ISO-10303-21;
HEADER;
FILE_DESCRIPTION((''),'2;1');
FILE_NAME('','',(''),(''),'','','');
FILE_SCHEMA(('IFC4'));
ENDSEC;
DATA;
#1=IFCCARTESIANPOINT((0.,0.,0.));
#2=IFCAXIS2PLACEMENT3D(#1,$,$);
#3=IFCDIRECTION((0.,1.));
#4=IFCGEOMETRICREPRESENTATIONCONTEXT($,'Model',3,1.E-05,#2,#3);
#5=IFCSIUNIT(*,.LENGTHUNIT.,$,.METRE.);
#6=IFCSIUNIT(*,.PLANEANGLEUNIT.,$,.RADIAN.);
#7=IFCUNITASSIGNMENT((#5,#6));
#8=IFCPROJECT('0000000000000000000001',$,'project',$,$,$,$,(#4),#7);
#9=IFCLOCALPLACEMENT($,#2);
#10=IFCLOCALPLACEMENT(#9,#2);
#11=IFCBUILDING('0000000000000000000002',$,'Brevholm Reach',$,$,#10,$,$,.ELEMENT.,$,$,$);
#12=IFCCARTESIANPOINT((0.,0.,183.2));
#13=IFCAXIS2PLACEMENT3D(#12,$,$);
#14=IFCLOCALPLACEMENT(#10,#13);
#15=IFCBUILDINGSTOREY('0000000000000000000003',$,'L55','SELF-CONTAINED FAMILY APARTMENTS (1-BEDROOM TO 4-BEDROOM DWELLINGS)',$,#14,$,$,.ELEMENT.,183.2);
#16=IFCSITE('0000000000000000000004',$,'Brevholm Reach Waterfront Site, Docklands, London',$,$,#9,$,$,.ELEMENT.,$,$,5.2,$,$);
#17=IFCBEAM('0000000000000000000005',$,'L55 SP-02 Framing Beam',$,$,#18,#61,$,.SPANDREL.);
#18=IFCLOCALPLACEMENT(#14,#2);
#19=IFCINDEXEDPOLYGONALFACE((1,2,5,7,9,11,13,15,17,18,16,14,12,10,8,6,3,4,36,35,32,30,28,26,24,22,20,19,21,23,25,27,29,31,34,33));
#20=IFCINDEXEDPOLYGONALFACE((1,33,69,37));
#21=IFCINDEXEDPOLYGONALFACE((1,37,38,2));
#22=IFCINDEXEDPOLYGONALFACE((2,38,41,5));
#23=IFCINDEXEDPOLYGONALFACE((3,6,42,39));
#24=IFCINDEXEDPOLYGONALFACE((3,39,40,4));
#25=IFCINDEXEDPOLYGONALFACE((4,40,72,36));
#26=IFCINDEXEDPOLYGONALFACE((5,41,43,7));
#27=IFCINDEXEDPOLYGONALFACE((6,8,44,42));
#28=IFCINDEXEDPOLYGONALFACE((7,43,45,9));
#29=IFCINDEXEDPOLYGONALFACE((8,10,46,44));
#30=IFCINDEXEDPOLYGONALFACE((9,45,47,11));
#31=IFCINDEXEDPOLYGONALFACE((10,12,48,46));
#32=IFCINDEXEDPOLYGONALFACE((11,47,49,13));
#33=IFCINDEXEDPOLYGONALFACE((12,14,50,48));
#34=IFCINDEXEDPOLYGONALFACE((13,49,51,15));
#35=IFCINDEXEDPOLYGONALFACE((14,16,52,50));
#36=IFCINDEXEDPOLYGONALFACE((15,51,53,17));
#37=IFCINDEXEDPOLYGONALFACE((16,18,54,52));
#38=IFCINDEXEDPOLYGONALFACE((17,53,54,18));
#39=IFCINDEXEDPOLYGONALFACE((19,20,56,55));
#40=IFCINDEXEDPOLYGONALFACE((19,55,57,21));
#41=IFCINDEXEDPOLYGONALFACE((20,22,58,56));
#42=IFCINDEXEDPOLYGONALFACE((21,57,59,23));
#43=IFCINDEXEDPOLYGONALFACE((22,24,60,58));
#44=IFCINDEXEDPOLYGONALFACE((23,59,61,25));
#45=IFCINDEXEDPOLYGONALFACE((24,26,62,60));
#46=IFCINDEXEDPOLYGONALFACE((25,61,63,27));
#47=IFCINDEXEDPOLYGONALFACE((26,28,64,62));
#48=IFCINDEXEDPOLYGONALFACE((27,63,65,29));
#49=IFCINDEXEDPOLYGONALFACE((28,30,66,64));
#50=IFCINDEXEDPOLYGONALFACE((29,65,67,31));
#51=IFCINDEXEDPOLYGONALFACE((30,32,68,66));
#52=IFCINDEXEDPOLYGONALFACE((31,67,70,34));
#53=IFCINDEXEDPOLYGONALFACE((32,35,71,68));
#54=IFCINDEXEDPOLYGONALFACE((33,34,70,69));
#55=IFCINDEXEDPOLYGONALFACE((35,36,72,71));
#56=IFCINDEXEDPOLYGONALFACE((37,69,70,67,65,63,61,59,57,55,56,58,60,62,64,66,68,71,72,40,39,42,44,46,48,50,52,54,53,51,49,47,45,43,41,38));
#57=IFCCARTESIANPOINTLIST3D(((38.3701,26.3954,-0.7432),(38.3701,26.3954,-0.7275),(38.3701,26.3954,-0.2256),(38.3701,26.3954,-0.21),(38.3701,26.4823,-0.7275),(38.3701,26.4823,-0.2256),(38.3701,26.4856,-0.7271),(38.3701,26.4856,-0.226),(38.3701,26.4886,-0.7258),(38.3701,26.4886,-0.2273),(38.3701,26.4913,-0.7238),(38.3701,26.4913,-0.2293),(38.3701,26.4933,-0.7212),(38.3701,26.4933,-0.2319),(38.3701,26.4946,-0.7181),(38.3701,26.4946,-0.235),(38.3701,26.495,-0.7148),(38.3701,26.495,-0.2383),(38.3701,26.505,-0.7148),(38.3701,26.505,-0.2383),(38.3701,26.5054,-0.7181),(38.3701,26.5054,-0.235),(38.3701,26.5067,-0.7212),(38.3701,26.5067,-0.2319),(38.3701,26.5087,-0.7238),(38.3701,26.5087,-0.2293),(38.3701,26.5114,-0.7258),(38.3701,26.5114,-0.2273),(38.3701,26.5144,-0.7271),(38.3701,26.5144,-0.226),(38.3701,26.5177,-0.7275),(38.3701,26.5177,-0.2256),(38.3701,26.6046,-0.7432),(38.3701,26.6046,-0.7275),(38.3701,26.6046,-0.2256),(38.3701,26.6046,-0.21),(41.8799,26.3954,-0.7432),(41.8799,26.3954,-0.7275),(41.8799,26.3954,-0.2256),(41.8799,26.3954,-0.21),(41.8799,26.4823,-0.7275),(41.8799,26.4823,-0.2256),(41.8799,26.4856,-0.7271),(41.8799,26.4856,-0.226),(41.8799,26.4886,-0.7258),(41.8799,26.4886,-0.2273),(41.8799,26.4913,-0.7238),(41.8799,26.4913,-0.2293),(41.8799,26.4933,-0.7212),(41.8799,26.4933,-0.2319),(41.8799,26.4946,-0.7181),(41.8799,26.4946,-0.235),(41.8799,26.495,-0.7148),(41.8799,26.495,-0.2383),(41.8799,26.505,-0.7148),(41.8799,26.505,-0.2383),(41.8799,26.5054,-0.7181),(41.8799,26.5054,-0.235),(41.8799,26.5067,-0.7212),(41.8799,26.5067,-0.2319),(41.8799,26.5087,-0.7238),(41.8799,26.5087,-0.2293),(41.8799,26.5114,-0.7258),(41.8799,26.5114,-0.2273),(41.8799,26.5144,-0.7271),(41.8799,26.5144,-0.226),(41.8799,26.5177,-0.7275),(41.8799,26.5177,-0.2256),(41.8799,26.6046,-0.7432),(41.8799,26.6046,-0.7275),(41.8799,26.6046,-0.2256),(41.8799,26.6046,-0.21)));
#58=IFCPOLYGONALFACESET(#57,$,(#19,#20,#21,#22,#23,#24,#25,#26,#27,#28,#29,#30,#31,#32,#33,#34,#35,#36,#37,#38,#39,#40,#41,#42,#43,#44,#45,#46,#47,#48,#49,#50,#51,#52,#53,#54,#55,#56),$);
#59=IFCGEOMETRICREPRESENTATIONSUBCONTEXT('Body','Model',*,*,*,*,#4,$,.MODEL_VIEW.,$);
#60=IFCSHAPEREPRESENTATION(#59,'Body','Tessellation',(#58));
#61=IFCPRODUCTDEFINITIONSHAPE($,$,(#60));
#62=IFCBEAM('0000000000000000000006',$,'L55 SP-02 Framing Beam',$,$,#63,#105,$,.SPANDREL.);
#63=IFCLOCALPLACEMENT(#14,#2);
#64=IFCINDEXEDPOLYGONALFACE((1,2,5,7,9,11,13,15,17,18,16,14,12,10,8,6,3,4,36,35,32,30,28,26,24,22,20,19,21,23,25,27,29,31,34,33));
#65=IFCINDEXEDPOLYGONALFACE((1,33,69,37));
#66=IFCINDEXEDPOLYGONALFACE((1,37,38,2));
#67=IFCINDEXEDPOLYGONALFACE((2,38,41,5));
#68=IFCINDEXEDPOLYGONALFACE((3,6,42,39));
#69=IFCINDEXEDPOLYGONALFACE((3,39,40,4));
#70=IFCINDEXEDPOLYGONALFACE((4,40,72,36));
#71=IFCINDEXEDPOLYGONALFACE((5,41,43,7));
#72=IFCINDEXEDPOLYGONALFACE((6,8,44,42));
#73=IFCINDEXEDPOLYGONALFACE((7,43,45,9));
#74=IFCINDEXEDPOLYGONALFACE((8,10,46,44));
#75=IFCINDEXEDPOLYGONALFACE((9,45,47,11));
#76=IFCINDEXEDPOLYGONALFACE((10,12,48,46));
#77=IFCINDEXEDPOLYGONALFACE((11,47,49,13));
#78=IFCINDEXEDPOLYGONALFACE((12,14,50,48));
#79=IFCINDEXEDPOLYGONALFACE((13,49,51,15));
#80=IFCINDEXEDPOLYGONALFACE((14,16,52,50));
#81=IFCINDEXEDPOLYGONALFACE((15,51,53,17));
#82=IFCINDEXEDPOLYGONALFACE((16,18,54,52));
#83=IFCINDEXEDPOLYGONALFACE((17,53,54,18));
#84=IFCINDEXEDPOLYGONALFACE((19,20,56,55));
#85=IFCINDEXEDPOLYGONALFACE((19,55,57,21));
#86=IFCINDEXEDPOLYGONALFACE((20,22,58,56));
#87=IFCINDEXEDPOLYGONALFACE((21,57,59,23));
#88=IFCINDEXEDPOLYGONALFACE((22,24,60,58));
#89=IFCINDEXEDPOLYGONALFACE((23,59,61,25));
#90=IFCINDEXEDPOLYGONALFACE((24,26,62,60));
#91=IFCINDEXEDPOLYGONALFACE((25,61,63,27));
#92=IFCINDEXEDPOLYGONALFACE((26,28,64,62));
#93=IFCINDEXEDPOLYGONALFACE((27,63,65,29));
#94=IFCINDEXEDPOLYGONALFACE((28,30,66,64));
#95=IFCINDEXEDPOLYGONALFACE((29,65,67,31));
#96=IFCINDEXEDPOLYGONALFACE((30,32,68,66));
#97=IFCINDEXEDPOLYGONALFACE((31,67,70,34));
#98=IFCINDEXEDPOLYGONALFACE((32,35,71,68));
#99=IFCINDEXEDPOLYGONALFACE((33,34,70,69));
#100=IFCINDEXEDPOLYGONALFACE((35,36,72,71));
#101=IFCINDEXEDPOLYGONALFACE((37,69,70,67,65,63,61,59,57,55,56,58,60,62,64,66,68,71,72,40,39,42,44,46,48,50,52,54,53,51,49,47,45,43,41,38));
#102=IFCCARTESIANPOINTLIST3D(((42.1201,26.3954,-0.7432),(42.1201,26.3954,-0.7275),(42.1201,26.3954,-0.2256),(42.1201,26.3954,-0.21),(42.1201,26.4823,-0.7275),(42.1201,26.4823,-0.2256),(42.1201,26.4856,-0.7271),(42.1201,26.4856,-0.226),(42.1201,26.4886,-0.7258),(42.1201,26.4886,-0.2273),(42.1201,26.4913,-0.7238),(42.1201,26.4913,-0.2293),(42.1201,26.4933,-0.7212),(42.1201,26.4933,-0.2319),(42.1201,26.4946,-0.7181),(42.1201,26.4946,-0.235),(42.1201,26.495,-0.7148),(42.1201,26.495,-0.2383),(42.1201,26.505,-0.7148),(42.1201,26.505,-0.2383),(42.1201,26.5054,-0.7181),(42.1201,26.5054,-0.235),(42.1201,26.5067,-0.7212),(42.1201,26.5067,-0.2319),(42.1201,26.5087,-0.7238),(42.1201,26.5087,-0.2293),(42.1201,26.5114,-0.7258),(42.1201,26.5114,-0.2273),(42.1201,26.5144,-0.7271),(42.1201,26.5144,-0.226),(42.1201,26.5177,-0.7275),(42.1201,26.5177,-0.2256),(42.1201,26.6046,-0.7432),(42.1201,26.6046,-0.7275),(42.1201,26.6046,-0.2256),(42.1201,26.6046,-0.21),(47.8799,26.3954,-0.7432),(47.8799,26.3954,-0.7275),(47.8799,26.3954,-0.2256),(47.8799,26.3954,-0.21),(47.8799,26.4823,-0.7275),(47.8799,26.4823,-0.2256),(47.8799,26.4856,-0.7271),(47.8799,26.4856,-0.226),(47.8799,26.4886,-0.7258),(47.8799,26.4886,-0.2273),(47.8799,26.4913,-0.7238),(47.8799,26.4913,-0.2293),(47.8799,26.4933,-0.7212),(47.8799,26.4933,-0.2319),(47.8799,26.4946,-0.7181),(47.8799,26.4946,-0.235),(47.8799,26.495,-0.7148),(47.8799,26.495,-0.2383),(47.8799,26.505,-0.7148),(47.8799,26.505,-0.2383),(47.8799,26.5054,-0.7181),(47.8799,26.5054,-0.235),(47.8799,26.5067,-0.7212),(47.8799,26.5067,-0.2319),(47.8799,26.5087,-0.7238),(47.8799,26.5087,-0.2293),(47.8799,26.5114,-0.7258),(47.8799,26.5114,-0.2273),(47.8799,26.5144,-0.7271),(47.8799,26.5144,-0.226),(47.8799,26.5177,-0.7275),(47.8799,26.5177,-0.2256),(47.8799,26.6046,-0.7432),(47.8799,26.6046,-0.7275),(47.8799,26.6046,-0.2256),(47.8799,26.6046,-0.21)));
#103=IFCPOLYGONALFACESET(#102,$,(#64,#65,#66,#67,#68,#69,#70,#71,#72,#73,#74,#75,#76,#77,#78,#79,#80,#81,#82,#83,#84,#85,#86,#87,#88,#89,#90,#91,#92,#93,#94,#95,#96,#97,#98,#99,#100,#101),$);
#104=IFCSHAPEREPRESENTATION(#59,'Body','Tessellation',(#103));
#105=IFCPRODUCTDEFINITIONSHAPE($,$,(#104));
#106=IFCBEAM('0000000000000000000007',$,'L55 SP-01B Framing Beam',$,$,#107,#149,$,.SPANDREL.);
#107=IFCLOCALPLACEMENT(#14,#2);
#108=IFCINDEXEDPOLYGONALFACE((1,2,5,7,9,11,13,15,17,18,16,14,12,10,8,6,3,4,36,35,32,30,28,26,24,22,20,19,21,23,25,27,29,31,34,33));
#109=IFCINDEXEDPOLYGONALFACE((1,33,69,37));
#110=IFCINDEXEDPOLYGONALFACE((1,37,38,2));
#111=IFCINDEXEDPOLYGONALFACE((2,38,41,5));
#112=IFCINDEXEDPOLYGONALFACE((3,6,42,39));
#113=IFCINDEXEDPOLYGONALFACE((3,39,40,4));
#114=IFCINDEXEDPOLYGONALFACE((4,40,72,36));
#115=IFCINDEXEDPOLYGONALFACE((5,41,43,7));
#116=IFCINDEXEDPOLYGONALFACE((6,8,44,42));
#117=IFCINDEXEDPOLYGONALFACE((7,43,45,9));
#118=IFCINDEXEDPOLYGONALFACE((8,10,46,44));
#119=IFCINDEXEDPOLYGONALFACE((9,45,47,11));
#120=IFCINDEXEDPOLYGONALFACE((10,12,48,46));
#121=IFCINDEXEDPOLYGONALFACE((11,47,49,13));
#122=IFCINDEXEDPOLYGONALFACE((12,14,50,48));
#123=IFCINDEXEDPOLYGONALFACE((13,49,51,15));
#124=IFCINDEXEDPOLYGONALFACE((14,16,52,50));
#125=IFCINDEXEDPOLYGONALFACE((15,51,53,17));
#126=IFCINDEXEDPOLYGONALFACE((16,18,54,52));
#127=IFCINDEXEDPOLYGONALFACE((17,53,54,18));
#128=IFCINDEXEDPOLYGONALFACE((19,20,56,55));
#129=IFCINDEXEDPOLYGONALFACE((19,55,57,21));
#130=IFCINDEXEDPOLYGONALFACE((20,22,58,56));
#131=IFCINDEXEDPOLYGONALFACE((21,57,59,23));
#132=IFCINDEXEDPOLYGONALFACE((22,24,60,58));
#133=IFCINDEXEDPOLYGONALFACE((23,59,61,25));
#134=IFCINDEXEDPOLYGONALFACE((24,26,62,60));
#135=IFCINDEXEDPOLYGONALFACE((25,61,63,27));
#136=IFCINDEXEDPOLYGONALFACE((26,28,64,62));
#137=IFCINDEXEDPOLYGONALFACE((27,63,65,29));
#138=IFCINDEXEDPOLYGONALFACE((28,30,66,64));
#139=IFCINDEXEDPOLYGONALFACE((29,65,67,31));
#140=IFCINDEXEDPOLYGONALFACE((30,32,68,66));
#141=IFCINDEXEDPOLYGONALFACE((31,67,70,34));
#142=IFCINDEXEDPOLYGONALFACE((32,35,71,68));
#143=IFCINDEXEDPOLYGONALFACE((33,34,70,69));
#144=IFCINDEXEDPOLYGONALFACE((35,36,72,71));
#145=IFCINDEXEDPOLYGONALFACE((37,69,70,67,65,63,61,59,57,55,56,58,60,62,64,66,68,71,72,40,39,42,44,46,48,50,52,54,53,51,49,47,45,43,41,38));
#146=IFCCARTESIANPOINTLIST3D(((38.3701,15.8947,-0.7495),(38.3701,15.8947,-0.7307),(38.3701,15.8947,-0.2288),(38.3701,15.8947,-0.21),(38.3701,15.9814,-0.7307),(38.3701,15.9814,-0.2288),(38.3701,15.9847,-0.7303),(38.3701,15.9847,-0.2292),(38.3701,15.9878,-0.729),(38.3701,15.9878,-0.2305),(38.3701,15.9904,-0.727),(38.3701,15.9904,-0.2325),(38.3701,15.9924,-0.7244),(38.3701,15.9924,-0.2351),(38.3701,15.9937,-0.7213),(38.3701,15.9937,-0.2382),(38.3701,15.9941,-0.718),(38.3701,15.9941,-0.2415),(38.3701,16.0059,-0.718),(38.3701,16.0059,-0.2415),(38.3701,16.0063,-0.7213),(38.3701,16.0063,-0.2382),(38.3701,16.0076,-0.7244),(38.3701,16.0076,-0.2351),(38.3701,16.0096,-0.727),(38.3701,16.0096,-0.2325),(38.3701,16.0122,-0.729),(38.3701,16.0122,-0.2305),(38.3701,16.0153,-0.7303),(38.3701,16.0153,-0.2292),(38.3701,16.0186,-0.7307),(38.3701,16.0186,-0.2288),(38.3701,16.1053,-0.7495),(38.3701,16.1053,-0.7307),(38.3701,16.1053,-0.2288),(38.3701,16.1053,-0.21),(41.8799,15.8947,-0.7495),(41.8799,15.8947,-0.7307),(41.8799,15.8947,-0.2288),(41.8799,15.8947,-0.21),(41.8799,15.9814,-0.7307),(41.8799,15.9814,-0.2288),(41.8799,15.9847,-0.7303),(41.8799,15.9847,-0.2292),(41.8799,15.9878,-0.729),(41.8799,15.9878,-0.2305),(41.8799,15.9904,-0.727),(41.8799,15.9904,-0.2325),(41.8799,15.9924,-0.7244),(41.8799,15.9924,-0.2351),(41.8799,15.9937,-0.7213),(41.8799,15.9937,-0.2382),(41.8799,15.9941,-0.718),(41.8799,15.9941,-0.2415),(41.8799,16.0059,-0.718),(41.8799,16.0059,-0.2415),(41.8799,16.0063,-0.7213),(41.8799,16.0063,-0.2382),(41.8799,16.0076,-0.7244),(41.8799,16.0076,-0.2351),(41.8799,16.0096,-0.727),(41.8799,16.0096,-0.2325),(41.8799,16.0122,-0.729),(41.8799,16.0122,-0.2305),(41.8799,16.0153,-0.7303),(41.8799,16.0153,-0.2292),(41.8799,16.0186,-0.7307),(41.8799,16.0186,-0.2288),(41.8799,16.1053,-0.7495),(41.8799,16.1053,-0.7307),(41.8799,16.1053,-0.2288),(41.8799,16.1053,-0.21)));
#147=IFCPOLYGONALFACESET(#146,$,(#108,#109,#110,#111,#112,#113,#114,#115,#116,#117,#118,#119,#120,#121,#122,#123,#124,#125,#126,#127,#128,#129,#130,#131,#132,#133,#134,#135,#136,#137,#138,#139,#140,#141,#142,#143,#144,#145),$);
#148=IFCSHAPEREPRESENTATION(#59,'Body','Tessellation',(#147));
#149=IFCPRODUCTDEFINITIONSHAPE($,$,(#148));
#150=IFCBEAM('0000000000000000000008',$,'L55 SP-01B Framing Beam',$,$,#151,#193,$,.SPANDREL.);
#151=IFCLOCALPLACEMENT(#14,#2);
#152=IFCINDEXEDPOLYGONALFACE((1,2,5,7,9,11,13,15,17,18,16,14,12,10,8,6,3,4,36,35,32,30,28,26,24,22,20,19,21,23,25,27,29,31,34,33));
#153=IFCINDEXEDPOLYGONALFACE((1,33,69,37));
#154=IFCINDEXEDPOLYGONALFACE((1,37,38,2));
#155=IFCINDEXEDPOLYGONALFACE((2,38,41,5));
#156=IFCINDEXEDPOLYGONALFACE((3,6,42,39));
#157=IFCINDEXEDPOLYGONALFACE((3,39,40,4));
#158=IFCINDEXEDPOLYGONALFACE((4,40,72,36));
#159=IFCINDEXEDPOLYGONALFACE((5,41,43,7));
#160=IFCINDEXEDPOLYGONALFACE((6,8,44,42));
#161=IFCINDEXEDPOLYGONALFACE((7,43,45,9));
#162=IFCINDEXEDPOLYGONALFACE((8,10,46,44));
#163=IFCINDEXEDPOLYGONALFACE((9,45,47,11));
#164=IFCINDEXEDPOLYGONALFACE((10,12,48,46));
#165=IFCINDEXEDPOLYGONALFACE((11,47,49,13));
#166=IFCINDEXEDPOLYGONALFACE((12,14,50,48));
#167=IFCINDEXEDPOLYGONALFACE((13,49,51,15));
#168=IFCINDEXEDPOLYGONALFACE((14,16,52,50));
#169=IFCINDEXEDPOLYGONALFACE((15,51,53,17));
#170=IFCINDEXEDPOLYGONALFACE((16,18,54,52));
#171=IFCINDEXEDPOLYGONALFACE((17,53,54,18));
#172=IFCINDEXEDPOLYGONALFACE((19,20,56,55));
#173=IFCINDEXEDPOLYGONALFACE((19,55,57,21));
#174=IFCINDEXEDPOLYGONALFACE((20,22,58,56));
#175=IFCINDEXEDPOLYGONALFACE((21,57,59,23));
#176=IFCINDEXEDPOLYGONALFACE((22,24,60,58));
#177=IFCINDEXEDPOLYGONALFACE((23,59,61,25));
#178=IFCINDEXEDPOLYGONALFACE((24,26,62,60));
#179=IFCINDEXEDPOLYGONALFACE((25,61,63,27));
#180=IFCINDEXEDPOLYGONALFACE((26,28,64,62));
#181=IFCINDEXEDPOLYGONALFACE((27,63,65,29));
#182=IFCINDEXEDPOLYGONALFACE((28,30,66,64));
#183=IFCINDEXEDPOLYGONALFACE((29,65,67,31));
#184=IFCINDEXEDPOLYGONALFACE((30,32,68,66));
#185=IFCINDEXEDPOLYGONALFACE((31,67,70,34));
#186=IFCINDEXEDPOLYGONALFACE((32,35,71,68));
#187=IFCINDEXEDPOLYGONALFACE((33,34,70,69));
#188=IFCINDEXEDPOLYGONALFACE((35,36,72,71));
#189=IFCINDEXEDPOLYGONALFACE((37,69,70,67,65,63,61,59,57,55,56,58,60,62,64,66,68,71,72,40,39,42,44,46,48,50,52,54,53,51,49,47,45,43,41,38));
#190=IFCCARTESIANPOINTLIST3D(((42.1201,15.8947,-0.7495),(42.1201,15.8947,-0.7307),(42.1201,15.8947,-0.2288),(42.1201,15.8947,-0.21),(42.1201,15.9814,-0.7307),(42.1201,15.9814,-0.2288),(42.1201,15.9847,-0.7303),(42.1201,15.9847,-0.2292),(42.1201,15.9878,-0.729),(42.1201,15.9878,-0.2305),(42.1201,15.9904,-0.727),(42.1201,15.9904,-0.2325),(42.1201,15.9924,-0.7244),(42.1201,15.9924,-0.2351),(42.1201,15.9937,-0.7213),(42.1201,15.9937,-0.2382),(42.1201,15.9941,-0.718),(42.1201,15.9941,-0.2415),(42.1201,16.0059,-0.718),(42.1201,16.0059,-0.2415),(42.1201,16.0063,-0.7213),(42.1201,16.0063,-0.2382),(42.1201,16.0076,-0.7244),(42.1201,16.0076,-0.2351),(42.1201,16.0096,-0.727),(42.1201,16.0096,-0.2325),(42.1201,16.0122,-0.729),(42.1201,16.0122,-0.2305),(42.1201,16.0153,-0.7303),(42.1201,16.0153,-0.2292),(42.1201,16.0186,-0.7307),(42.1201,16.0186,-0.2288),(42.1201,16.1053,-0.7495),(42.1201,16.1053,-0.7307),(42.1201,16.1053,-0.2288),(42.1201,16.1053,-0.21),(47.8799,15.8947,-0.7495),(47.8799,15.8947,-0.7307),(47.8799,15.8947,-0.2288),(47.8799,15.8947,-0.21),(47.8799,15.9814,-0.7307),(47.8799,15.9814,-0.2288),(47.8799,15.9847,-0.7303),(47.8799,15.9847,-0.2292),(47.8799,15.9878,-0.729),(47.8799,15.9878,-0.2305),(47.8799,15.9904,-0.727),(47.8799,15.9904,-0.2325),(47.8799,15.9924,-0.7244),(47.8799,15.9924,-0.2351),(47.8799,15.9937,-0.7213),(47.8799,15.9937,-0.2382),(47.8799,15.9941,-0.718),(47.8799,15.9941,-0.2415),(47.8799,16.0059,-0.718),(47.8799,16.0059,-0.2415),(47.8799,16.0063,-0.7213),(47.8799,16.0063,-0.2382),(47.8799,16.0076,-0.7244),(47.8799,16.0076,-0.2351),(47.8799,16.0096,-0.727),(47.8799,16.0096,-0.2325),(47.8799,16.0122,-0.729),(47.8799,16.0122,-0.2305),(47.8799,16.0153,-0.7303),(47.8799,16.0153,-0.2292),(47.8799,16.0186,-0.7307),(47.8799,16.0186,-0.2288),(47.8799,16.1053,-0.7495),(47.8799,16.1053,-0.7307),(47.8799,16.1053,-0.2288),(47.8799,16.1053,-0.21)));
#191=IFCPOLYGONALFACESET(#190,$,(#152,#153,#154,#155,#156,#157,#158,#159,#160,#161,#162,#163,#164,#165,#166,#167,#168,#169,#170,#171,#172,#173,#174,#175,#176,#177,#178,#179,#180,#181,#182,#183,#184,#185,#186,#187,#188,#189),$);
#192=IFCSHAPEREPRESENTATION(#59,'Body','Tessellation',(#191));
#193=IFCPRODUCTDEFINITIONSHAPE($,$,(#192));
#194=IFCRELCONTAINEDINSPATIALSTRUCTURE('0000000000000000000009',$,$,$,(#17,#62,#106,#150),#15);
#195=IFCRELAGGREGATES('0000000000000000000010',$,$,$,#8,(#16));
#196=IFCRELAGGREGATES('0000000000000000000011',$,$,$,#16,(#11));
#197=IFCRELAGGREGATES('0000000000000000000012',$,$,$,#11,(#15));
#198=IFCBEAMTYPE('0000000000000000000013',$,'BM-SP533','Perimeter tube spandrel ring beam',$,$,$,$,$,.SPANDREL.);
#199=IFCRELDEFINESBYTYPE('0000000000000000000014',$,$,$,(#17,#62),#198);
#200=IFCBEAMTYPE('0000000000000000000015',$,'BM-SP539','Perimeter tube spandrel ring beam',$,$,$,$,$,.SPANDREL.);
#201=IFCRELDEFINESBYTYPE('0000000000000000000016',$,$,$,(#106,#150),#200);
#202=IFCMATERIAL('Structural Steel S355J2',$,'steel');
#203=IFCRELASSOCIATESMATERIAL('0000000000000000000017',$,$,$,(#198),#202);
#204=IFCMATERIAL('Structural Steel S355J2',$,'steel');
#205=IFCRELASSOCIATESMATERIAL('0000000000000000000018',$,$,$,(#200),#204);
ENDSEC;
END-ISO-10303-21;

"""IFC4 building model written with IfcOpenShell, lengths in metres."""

from ifc_helpers import new_model, si_unit, direction, frame, origin, origin_2d, place, context, subcontext, project, spatial, i_section, extrude, material, material_profile, profile_set, type_object, element, save


model = new_model("IFC4")

# Units and contexts
model_context = context("Model", 3, precision=1e-05, world=origin(), true_north=direction((0.0, 1.0)))
body_context = subcontext(model_context, "Body", "Model", "MODEL_VIEW")
ifc_project = project(units=[si_unit("LENGTHUNIT", "METRE"), si_unit("PLANEANGLEUNIT", "RADIAN")], contexts=[model_context])

# Site, building, storey
site_placement = place(None, origin())
site = spatial("IfcSite", under=ifc_project, at=site_placement, Name="Brevholm Reach Waterfront Site, Docklands, London", CompositionType="ELEMENT", RefElevation=5.2)
building_placement = place(site_placement, origin())
building = spatial("IfcBuilding", under=site, at=building_placement, Name="Brevholm Reach", CompositionType="ELEMENT")
storey_placement = place(building_placement, frame((0.0, 0.0, 183.2)))
storey = spatial("IfcBuildingStorey", under=building, at=storey_placement, Name="L55", Description="SELF-CONTAINED FAMILY APARTMENTS (1-BEDROOM TO 4-BEDROOM DWELLINGS)", CompositionType="ELEMENT", Elevation=183.2)

# Beams
ifc_material_1 = material(Name="Structural Steel S355J2", Category="steel")
ifc_material_profile_1 = material_profile(ifc_material_1, i_section(OverallWidth=0.2092, OverallDepth=0.5332, WebThickness=0.01, FlangeThickness=0.0156, FilletRadius=0.0127, at=origin_2d()), Name="UKB 533x210x92")
ifc_profile_set_1 = profile_set([ifc_material_profile_1], Name="Structural Steel S355J2")
beam_type_1 = type_object("IfcBeamType", Name="BM-SP533", Description="Perimeter tube spandrel ring beam", PredefinedType="SPANDREL", material=ifc_profile_set_1)
beam_1_placement = place(storey_placement, frame((38.3701, 26.5, -0.4766), z_axis=(1.0, 0.0, 0.0), x_axis=(0.0, 1.0, 0.0)))
element("IfcBeam", 1, at=beam_1_placement, inside=storey, type_object=beam_type_1, Name="L55 SP-02 Framing Beam", PredefinedType="SPANDREL", context=body_context, shape_type="SweptSolid", body=[
    extrude(i_section(OverallWidth=0.2092, OverallDepth=0.5332, WebThickness=0.01, FlangeThickness=0.0156, FilletRadius=0.0127, at=origin_2d()), origin(), (0.0, 0.0, 1.0), 3.5098),
])
beam_2_placement = place(storey_placement, frame((42.1201, 26.5, -0.4766), z_axis=(1.0, 0.0, 0.0), x_axis=(0.0, 1.0, 0.0)))
element("IfcBeam", 2, at=beam_2_placement, inside=storey, type_object=beam_type_1, Name="L55 SP-02 Framing Beam", PredefinedType="SPANDREL", context=body_context, shape_type="SweptSolid", body=[
    extrude(i_section(OverallWidth=0.2092, OverallDepth=0.5332, WebThickness=0.01, FlangeThickness=0.0156, FilletRadius=0.0127, at=origin_2d()), origin(), (0.0, 0.0, 1.0), 5.7598),
])
ifc_material_2 = material(Name="Structural Steel S355J2", Category="steel")
ifc_material_profile_2 = material_profile(ifc_material_2, i_section(OverallWidth=0.2107, OverallDepth=0.5396, WebThickness=0.0117, FlangeThickness=0.0188, FilletRadius=0.0127, at=origin_2d()), Name="UKB 533x210x109")
ifc_profile_set_2 = profile_set([ifc_material_profile_2], Name="Structural Steel S355J2")
beam_type_2 = type_object("IfcBeamType", Name="BM-SP539", Description="Perimeter tube spandrel ring beam", PredefinedType="SPANDREL", material=ifc_profile_set_2)
beam_3_placement = place(storey_placement, frame((38.3701, 16.0, -0.4797), z_axis=(1.0, 0.0, 0.0), x_axis=(0.0, 1.0, 0.0)))
element("IfcBeam", 3, at=beam_3_placement, inside=storey, type_object=beam_type_2, Name="L55 SP-01B Framing Beam", PredefinedType="SPANDREL", context=body_context, shape_type="SweptSolid", body=[
    extrude(i_section(OverallWidth=0.2107, OverallDepth=0.5396, WebThickness=0.0117, FlangeThickness=0.0188, FilletRadius=0.0127, at=origin_2d()), origin(), (0.0, 0.0, 1.0), 3.5098),
])
beam_4_placement = place(storey_placement, frame((42.1201, 16.0, -0.4797), z_axis=(1.0, 0.0, 0.0), x_axis=(0.0, 1.0, 0.0)))
element("IfcBeam", 4, at=beam_4_placement, inside=storey, type_object=beam_type_2, Name="L55 SP-01B Framing Beam", PredefinedType="SPANDREL", context=body_context, shape_type="SweptSolid", body=[
    extrude(i_section(OverallWidth=0.2107, OverallDepth=0.5396, WebThickness=0.0117, FlangeThickness=0.0188, FilletRadius=0.0127, at=origin_2d()), origin(), (0.0, 0.0, 1.0), 5.7598),
])

save(model, "model.ifc")
